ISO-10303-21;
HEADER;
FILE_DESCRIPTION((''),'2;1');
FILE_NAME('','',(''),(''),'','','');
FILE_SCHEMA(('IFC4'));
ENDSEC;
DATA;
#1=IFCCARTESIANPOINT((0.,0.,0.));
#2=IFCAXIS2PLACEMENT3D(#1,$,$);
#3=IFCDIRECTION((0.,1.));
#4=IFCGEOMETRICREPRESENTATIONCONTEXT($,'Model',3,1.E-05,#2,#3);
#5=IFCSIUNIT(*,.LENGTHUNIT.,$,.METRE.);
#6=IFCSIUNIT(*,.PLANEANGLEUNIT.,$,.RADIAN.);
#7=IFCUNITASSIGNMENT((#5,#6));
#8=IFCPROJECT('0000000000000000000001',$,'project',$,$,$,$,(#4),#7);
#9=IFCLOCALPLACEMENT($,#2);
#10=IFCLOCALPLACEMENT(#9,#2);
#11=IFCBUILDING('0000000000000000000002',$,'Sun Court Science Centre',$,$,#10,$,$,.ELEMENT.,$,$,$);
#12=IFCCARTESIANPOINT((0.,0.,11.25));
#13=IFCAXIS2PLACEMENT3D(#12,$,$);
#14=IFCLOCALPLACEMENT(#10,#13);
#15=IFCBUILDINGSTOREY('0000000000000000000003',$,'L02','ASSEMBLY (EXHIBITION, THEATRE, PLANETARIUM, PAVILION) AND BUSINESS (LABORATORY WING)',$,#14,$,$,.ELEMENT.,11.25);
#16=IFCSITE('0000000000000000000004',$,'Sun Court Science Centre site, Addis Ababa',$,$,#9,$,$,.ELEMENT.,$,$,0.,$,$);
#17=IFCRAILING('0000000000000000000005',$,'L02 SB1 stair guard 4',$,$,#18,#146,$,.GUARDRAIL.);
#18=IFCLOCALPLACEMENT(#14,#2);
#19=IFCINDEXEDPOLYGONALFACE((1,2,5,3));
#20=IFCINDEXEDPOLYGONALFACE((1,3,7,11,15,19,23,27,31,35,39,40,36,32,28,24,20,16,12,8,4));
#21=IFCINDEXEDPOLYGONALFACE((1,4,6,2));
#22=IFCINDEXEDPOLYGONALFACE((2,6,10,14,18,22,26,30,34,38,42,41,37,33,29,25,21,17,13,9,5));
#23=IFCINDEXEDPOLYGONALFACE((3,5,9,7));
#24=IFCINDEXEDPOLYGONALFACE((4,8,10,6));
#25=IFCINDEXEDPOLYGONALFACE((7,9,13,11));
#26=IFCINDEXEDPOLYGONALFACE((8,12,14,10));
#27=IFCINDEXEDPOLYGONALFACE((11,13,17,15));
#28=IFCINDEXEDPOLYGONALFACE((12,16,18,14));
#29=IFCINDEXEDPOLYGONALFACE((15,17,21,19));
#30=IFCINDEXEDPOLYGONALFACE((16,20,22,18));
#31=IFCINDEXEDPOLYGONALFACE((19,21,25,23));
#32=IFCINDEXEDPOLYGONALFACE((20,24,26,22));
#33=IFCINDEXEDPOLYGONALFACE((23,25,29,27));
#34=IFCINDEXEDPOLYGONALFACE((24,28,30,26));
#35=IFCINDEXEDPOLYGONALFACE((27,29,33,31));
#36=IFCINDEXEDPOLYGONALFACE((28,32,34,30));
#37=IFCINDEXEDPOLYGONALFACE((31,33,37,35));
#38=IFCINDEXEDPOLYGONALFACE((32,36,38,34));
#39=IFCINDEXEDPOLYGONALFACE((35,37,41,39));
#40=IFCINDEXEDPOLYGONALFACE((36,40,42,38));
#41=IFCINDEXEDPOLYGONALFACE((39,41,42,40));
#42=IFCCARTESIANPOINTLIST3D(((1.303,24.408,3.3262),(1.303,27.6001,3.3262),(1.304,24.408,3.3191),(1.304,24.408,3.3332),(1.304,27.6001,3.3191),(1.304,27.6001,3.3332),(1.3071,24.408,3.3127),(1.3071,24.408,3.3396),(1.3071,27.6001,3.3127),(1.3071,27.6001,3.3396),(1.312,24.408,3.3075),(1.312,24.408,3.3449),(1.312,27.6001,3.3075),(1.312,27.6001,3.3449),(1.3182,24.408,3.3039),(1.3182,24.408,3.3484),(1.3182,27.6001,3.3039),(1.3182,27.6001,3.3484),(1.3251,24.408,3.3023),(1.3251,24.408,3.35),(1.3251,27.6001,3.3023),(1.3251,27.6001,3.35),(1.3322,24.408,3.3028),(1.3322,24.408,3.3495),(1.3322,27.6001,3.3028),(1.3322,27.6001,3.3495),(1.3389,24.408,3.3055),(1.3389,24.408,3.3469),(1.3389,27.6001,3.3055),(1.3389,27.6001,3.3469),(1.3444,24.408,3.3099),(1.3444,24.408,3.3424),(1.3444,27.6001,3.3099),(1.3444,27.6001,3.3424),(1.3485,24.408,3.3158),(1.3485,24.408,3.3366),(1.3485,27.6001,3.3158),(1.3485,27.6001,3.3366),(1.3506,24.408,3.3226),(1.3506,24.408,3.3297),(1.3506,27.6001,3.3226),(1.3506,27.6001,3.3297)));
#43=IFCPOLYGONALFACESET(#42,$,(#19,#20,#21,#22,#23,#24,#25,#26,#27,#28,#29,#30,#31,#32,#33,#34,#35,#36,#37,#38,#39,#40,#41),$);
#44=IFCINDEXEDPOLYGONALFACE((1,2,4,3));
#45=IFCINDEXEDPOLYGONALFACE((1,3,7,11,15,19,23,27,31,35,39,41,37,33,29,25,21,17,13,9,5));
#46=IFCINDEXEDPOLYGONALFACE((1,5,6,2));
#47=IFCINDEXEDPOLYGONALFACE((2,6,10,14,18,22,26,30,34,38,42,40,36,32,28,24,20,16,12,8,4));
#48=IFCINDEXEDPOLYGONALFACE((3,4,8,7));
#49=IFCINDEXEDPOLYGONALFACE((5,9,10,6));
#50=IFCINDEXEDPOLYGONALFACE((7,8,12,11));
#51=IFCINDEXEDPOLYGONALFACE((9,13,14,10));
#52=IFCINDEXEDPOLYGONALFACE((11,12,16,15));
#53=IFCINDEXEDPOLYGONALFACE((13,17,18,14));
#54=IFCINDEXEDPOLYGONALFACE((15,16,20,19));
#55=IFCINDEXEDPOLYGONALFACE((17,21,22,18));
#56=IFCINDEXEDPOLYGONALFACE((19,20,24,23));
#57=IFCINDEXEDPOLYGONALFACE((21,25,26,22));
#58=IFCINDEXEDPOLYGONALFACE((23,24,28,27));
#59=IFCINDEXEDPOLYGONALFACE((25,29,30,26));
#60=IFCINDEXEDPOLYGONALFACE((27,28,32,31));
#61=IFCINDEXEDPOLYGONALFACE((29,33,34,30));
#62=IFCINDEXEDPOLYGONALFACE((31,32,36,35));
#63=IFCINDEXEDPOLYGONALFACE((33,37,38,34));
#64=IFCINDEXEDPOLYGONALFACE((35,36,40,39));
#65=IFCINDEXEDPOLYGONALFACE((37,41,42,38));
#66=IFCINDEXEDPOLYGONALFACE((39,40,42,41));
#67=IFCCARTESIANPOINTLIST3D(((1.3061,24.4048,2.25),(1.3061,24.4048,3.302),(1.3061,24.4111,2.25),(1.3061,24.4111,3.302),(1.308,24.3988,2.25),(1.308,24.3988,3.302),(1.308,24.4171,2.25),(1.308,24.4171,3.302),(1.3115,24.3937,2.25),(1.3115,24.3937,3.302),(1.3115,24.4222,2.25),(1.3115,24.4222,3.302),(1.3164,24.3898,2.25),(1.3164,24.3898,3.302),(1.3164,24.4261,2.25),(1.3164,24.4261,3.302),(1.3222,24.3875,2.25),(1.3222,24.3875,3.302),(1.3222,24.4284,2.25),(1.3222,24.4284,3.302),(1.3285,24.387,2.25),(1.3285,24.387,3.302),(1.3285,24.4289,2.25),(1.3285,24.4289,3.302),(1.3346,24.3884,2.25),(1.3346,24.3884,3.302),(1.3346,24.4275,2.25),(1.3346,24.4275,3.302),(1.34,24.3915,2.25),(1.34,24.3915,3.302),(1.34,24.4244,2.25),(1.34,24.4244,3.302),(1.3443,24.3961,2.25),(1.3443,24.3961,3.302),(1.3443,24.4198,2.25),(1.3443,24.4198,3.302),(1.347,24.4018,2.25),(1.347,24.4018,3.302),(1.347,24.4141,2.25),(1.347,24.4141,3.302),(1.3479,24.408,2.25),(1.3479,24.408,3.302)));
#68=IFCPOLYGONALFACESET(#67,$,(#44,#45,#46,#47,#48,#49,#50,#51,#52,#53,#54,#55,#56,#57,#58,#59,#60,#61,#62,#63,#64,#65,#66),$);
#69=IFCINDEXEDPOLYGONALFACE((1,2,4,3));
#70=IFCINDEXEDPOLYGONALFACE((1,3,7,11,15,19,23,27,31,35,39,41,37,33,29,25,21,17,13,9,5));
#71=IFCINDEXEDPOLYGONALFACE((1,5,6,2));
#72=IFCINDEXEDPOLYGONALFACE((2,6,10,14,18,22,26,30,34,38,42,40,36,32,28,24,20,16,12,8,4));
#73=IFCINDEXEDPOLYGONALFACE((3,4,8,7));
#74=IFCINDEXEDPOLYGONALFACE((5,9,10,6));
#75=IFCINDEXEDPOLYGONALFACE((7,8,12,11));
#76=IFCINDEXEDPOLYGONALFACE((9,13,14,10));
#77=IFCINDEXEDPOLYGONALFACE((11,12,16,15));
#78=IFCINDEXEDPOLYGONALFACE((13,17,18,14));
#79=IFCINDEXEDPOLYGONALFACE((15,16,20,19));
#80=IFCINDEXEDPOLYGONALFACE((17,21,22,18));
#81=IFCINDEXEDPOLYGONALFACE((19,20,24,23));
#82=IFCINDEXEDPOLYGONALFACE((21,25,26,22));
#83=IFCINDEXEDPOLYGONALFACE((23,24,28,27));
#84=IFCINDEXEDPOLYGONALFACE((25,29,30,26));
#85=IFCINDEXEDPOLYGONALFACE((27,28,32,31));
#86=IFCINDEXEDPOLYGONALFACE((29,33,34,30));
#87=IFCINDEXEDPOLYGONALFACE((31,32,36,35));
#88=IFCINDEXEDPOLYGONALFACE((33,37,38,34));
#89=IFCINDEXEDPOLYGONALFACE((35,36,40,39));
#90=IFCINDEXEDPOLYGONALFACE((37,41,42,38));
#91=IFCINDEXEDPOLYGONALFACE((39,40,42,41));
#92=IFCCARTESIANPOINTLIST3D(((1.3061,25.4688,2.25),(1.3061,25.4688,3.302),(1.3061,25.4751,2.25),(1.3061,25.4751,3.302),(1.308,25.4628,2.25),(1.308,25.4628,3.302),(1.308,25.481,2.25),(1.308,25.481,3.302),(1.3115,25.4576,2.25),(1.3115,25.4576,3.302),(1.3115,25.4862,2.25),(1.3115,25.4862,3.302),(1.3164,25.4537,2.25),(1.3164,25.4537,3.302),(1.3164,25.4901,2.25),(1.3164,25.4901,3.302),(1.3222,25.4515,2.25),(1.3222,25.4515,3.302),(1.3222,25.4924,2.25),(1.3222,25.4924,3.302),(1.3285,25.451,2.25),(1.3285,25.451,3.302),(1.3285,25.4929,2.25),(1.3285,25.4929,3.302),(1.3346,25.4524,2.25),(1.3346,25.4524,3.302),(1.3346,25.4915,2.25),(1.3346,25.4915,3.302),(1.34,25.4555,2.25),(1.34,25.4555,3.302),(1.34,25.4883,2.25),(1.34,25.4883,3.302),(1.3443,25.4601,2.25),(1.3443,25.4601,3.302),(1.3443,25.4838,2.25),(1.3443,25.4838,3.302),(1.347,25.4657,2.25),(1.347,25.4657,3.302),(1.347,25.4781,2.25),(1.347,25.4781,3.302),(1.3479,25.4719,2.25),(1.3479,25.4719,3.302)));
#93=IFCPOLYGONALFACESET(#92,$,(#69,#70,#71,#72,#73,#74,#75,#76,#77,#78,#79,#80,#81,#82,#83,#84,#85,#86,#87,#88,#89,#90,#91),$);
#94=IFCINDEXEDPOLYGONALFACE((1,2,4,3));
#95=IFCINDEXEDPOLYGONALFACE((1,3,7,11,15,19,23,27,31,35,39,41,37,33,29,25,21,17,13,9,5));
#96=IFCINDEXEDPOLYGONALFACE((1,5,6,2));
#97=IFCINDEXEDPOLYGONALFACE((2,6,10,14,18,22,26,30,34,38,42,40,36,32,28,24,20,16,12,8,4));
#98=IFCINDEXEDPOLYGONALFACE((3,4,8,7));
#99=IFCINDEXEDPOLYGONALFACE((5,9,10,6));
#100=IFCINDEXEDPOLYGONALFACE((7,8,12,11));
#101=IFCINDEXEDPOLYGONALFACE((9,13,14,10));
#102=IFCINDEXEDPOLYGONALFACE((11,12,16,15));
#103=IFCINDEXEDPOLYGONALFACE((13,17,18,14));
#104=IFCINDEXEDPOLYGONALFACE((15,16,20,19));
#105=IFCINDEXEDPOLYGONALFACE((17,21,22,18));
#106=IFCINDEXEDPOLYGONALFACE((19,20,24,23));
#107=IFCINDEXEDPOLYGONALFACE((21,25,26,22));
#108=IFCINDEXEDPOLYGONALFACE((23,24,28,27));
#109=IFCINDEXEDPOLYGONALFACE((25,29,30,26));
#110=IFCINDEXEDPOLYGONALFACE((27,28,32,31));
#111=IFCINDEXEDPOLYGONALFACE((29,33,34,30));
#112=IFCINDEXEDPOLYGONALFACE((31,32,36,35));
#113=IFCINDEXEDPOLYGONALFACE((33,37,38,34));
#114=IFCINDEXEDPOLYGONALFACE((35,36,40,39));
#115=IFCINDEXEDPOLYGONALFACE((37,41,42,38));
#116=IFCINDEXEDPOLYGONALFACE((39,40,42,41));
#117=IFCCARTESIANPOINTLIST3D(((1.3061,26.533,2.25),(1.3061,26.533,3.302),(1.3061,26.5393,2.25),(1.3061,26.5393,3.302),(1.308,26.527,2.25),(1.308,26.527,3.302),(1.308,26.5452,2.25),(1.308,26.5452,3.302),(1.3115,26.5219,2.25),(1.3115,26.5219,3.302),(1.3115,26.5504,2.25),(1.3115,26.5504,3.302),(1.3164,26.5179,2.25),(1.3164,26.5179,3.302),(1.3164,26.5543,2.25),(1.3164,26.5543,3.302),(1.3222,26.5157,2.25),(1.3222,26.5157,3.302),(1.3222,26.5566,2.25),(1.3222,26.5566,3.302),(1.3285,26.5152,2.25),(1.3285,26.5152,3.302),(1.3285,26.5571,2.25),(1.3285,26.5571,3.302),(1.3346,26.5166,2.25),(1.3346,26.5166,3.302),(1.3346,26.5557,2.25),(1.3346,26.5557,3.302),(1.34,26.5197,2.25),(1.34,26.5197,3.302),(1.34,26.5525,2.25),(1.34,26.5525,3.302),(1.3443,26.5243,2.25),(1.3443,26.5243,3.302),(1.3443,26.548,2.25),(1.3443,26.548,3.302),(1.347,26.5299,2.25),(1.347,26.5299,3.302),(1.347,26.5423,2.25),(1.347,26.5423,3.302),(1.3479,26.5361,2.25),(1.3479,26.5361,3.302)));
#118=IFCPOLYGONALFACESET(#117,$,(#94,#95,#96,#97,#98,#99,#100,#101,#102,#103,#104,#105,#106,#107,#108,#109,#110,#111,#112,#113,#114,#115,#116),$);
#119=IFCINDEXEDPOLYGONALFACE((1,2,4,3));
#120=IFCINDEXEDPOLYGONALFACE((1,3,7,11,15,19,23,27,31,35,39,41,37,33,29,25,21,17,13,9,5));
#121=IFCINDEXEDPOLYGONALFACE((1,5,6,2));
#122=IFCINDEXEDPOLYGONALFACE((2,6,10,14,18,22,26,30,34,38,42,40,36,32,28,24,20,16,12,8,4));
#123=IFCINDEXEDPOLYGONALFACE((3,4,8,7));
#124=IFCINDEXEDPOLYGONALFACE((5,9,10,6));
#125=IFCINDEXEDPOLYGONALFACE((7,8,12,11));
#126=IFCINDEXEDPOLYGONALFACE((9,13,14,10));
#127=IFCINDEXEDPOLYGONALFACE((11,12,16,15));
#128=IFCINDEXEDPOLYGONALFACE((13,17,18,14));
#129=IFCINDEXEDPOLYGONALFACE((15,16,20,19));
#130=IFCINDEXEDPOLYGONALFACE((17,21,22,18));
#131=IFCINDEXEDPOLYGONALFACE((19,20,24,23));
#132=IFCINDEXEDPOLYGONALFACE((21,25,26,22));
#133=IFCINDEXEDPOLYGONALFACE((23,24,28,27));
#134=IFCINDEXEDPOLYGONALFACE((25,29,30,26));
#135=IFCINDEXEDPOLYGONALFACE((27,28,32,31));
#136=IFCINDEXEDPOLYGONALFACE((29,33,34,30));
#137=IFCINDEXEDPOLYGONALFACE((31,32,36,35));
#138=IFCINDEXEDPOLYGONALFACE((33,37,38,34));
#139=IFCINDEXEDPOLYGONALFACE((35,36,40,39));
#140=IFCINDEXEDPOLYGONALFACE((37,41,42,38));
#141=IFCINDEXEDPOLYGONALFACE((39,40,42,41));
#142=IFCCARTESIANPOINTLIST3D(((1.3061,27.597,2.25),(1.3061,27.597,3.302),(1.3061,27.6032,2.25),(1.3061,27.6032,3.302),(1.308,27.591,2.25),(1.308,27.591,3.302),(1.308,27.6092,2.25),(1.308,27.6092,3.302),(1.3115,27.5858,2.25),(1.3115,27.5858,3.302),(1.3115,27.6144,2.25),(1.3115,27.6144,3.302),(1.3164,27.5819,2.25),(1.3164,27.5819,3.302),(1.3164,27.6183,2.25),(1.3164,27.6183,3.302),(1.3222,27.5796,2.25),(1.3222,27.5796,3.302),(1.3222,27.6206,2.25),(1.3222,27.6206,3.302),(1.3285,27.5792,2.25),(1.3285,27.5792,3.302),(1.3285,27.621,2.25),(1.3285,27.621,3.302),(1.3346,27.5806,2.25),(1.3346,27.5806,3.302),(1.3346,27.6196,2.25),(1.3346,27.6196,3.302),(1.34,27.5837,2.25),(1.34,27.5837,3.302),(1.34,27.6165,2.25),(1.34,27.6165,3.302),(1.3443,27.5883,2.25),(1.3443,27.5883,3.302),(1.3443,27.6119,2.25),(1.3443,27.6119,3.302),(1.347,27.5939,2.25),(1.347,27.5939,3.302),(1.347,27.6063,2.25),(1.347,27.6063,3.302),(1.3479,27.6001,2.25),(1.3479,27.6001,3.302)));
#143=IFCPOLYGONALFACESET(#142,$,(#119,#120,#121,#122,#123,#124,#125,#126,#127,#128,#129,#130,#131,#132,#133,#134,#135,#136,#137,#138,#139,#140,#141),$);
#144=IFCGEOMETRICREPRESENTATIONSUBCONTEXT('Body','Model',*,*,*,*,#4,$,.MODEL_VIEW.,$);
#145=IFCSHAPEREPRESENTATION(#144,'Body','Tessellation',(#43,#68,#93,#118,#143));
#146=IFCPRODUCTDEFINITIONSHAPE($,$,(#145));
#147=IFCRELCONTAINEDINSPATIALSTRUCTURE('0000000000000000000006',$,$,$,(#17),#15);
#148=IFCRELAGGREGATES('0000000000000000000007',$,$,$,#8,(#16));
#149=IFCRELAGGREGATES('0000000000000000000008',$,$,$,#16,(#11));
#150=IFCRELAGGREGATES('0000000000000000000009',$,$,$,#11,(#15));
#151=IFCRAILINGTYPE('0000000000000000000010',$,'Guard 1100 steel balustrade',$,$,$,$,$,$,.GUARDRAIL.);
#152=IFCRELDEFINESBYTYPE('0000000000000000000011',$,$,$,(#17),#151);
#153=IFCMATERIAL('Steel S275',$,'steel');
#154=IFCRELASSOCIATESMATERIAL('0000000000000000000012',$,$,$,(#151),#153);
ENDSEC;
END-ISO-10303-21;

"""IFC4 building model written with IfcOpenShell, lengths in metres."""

from ifc_helpers import new_model, si_unit, direction, frame, origin, origin_2d, place, context, subcontext, project, spatial, circle, extrude, material, type_object, element, save


model = new_model("IFC4")

# Units and contexts
model_context = context("Model", 3, precision=1e-05, world=origin(), true_north=direction((0.0, 1.0)))
body_context = subcontext(model_context, "Body", "Model", "MODEL_VIEW")
ifc_project = project(units=[si_unit("LENGTHUNIT", "METRE"), si_unit("PLANEANGLEUNIT", "RADIAN")], contexts=[model_context])

# Site, building, storey
site_placement = place(None, origin())
site = spatial("IfcSite", under=ifc_project, at=site_placement, Name="Sun Court Science Centre site, Addis Ababa", CompositionType="ELEMENT", RefElevation=0.0)
building_placement = place(site_placement, origin())
building = spatial("IfcBuilding", under=site, at=building_placement, Name="Sun Court Science Centre", CompositionType="ELEMENT")
storey_placement = place(building_placement, frame((0.0, 0.0, 11.25)))
storey = spatial("IfcBuildingStorey", under=building, at=storey_placement, Name="L02", Description="ASSEMBLY (EXHIBITION, THEATRE, PLANETARIUM, PAVILION) AND BUSINESS (LABORATORY WING)", CompositionType="ELEMENT", Elevation=11.25)

# Railing
ifc_material_1 = material(Name="Steel S275", Category="steel")
railing_type_1 = type_object("IfcRailingType", Name="Guard 1100 steel balustrade", PredefinedType="GUARDRAIL", material=ifc_material_1)
for number, where, name in (
    (1, (1.3269, 24.408, 2.25), "L02 SB1 stair guard 4"),
):
    element("IfcRailing", number, at=place(storey_placement, frame(where)), inside=storey, type_object=railing_type_1, Name=name, PredefinedType="GUARDRAIL", context=body_context, shape_type="SweptSolid", body=[
        extrude(circle(Radius=0.0239, at=origin_2d()), frame((0.0, 0.0, 1.0762), z_axis=(0.0, 1.0, 0.0), x_axis=(-1.0, 0.0, 0.0)), (0.0, 0.0, 1.0), 3.1921),
        extrude(circle(Radius=0.021, at=origin_2d()), origin(), (0.0, 0.0, 1.0), 1.052),
        extrude(circle(Radius=0.021, at=origin_2d()), frame((0.0, 1.064, 0.0)), (0.0, 0.0, 1.0), 1.052),
        extrude(circle(Radius=0.021, at=origin_2d()), frame((0.0, 2.1282, 0.0)), (0.0, 0.0, 1.0), 1.052),
        extrude(circle(Radius=0.021, at=origin_2d()), frame((0.0, 3.1921, 0.0)), (0.0, 0.0, 1.0), 1.052),
    ])

save(model, "model.ifc")
